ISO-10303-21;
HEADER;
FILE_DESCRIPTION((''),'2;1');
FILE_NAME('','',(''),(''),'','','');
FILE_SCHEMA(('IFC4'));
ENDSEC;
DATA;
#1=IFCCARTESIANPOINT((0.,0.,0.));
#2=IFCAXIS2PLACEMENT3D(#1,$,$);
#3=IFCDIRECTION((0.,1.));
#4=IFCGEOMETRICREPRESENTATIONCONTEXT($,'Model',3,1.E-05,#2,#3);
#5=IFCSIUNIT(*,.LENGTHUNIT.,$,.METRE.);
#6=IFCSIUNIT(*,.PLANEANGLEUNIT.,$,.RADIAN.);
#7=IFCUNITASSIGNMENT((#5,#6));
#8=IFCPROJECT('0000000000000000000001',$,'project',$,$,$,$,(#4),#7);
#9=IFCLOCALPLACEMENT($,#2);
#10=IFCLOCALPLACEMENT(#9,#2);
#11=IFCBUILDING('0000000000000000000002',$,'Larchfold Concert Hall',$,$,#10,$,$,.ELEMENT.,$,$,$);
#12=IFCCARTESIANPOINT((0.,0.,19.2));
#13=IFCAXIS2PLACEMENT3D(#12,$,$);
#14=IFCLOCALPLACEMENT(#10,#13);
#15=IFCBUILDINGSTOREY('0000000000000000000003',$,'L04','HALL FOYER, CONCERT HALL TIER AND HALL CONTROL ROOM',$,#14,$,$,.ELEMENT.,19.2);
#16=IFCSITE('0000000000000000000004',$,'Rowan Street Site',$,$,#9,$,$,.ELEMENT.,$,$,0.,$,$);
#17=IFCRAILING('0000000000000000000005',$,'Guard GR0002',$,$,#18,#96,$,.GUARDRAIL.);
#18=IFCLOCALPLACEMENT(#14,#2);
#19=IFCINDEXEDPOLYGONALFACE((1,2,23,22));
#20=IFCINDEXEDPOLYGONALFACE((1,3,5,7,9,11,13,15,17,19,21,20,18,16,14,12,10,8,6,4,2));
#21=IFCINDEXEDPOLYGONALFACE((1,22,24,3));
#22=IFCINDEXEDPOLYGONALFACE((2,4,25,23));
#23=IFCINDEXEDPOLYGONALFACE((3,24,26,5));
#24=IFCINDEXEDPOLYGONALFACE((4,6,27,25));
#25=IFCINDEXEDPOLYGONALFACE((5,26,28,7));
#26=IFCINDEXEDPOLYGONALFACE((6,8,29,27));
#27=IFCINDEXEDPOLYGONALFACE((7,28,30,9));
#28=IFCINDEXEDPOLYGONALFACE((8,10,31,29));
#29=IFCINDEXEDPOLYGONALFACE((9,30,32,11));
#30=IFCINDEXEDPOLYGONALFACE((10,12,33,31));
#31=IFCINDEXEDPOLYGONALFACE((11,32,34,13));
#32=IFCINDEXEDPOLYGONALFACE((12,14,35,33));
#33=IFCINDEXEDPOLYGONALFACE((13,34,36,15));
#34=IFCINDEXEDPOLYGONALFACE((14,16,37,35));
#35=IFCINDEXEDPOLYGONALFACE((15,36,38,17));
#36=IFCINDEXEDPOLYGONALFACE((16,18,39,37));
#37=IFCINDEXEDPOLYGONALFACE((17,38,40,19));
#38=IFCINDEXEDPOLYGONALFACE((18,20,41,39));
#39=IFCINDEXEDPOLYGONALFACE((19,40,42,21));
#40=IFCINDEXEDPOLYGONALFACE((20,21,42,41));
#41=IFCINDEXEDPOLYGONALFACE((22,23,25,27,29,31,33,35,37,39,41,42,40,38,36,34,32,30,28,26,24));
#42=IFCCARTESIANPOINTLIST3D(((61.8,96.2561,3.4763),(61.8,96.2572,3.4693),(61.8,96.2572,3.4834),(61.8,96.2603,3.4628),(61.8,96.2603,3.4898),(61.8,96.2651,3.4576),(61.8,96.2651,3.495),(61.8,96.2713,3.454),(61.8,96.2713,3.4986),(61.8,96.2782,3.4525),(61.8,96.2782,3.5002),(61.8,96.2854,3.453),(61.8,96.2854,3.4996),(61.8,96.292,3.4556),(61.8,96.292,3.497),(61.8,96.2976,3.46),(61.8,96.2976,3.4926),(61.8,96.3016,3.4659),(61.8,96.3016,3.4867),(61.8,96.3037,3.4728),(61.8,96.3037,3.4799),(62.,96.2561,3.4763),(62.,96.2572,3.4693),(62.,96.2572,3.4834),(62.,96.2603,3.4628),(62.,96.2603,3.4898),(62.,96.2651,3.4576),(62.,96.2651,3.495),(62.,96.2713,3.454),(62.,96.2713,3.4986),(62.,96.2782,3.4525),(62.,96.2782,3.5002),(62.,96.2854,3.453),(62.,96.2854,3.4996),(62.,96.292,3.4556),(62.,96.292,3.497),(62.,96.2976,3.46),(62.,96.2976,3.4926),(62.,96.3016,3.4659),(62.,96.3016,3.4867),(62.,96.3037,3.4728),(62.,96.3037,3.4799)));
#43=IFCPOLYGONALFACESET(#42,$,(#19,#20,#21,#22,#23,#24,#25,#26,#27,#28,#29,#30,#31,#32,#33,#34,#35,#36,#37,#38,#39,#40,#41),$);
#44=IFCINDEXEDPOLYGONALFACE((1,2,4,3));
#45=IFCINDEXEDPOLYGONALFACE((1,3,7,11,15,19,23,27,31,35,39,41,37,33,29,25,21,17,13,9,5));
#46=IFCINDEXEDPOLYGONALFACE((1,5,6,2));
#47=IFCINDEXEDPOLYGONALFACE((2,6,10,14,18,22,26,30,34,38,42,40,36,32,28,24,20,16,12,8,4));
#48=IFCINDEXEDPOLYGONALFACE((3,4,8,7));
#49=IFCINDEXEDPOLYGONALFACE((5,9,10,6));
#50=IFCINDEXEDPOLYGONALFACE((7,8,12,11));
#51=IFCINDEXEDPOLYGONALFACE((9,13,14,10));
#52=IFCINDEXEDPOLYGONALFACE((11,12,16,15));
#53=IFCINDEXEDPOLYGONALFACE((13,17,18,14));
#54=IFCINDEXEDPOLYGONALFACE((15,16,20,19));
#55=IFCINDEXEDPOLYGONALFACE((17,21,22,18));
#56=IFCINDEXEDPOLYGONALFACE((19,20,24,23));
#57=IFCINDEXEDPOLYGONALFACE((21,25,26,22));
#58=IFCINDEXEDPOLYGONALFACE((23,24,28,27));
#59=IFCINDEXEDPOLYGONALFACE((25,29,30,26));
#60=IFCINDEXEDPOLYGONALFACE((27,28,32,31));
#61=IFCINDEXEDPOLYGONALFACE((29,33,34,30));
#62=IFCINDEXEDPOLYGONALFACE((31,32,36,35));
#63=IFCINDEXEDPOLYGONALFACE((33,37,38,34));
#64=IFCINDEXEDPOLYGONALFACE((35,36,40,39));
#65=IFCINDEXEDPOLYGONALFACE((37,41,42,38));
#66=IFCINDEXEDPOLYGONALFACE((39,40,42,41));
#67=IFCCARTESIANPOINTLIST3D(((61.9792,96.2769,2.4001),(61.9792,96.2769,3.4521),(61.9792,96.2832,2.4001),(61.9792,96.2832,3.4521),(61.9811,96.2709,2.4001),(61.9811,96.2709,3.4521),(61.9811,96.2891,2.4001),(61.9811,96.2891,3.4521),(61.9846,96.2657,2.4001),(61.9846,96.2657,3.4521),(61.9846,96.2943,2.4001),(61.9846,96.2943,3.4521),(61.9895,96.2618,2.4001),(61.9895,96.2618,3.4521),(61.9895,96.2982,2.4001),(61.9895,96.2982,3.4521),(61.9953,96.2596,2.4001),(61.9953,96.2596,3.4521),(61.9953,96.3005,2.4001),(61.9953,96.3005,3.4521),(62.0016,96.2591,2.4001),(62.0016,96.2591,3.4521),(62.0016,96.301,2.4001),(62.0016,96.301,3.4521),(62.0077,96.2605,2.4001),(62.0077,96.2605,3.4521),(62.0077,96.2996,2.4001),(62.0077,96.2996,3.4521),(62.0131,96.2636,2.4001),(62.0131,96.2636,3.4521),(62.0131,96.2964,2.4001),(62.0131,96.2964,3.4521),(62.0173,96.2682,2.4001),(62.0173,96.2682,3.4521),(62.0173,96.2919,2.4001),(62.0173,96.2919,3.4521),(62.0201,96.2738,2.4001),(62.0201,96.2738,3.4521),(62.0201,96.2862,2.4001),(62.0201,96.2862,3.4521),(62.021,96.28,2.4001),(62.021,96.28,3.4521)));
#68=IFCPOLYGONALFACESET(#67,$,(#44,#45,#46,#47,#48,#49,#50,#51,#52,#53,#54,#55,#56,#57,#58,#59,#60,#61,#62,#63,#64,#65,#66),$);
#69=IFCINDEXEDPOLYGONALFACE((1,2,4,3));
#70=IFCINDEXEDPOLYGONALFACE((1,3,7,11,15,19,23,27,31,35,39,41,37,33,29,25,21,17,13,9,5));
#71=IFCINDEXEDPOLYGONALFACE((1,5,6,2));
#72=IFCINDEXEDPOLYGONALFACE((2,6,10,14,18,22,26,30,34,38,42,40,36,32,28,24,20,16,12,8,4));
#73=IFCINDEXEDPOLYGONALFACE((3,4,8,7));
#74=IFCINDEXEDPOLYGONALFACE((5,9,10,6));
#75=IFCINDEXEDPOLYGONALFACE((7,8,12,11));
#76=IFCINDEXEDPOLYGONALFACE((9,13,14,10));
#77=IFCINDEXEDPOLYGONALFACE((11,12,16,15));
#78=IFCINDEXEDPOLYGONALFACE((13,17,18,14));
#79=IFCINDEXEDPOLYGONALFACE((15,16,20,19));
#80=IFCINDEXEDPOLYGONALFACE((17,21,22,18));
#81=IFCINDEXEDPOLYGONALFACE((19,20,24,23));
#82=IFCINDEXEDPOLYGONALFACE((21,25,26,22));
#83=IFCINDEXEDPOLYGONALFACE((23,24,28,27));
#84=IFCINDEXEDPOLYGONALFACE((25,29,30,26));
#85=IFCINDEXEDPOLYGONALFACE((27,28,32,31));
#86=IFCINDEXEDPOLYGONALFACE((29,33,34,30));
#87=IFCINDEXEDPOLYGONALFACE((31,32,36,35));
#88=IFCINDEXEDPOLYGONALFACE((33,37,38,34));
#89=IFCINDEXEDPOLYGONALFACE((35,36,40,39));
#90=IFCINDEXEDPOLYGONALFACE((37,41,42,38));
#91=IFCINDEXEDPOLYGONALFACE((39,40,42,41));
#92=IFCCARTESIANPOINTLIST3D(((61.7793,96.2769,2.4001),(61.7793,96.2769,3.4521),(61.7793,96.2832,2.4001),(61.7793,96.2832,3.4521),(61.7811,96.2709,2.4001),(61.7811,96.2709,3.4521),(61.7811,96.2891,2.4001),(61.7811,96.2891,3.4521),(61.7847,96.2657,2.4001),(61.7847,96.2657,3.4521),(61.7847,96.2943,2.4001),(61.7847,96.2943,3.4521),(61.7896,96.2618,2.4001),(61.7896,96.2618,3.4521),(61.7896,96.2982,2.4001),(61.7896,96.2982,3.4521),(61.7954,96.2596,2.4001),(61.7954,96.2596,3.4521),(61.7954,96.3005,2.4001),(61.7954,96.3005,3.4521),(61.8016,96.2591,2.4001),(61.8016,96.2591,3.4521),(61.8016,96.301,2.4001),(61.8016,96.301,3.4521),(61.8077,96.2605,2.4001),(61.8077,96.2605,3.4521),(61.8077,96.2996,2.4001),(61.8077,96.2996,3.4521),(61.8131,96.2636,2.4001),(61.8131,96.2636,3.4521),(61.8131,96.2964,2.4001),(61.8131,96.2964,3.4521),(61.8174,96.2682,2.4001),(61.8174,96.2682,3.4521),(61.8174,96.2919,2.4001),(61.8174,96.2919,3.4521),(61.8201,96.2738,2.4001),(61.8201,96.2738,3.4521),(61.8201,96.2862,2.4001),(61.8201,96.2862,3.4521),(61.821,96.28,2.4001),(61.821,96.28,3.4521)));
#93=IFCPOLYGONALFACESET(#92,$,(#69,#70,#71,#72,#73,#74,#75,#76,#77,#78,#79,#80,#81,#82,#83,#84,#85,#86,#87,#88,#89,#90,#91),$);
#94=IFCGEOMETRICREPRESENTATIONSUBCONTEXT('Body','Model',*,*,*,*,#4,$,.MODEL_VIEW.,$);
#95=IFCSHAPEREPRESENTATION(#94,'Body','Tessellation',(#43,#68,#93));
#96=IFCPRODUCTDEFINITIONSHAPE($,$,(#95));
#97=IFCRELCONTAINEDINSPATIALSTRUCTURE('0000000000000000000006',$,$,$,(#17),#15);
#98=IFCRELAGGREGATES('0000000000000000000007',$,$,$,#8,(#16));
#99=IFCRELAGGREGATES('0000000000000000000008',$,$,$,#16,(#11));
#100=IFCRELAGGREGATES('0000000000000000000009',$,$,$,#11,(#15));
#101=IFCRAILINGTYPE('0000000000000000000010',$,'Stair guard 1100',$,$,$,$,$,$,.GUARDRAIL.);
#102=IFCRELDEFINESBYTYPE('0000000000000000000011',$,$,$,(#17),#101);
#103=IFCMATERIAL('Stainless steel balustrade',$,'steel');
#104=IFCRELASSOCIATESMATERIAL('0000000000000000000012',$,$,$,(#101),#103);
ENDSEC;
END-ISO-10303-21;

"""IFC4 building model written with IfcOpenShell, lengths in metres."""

from ifc_helpers import new_model, si_unit, direction, frame, origin, origin_2d, place, context, subcontext, project, spatial, circle, extrude, material, type_object, element, save


model = new_model("IFC4")

# Units and contexts
model_context = context("Model", 3, precision=1e-05, world=origin(), true_north=direction((0.0, 1.0)))
body_context = subcontext(model_context, "Body", "Model", "MODEL_VIEW")
ifc_project = project(units=[si_unit("LENGTHUNIT", "METRE"), si_unit("PLANEANGLEUNIT", "RADIAN")], contexts=[model_context])

# Site, building, storey
site_placement = place(None, origin())
site = spatial("IfcSite", under=ifc_project, at=site_placement, Name="Rowan Street Site", CompositionType="ELEMENT", RefElevation=0.0)
building_placement = place(site_placement, origin())
building = spatial("IfcBuilding", under=site, at=building_placement, Name="Larchfold Concert Hall", CompositionType="ELEMENT")
storey_placement = place(building_placement, frame((0.0, 0.0, 19.2)))
storey = spatial("IfcBuildingStorey", under=building, at=storey_placement, Name="L04", Description="HALL FOYER, CONCERT HALL TIER AND HALL CONTROL ROOM", CompositionType="ELEMENT", Elevation=19.2)

# Railing
ifc_material_1 = material(Name="Stainless steel balustrade", Category="steel")
railing_type_1 = type_object("IfcRailingType", Name="Stair guard 1100", PredefinedType="GUARDRAIL", material=ifc_material_1)
railing_1_placement = place(storey_placement, frame((62.0, 96.28, 2.4001)))
element("IfcRailing", 1, at=railing_1_placement, inside=storey, type_object=railing_type_1, Name="Guard GR0002", PredefinedType="GUARDRAIL", context=body_context, shape_type="SweptSolid", body=[
    extrude(circle(Radius=0.0239, at=origin_2d()), frame((0.0, 0.0, 1.0762), z_axis=(-1.0, 0.0, 0.0), x_axis=(0.0, -1.0, 0.0)), (0.0, 0.0, 1.0), 0.2),
    extrude(circle(Radius=0.021, at=origin_2d()), origin(), (0.0, 0.0, 1.0), 1.052),
    extrude(circle(Radius=0.021, at=origin_2d()), frame((-0.2, 0.0, 0.0)), (0.0, 0.0, 1.0), 1.052),
])

save(model, "model.ifc")
